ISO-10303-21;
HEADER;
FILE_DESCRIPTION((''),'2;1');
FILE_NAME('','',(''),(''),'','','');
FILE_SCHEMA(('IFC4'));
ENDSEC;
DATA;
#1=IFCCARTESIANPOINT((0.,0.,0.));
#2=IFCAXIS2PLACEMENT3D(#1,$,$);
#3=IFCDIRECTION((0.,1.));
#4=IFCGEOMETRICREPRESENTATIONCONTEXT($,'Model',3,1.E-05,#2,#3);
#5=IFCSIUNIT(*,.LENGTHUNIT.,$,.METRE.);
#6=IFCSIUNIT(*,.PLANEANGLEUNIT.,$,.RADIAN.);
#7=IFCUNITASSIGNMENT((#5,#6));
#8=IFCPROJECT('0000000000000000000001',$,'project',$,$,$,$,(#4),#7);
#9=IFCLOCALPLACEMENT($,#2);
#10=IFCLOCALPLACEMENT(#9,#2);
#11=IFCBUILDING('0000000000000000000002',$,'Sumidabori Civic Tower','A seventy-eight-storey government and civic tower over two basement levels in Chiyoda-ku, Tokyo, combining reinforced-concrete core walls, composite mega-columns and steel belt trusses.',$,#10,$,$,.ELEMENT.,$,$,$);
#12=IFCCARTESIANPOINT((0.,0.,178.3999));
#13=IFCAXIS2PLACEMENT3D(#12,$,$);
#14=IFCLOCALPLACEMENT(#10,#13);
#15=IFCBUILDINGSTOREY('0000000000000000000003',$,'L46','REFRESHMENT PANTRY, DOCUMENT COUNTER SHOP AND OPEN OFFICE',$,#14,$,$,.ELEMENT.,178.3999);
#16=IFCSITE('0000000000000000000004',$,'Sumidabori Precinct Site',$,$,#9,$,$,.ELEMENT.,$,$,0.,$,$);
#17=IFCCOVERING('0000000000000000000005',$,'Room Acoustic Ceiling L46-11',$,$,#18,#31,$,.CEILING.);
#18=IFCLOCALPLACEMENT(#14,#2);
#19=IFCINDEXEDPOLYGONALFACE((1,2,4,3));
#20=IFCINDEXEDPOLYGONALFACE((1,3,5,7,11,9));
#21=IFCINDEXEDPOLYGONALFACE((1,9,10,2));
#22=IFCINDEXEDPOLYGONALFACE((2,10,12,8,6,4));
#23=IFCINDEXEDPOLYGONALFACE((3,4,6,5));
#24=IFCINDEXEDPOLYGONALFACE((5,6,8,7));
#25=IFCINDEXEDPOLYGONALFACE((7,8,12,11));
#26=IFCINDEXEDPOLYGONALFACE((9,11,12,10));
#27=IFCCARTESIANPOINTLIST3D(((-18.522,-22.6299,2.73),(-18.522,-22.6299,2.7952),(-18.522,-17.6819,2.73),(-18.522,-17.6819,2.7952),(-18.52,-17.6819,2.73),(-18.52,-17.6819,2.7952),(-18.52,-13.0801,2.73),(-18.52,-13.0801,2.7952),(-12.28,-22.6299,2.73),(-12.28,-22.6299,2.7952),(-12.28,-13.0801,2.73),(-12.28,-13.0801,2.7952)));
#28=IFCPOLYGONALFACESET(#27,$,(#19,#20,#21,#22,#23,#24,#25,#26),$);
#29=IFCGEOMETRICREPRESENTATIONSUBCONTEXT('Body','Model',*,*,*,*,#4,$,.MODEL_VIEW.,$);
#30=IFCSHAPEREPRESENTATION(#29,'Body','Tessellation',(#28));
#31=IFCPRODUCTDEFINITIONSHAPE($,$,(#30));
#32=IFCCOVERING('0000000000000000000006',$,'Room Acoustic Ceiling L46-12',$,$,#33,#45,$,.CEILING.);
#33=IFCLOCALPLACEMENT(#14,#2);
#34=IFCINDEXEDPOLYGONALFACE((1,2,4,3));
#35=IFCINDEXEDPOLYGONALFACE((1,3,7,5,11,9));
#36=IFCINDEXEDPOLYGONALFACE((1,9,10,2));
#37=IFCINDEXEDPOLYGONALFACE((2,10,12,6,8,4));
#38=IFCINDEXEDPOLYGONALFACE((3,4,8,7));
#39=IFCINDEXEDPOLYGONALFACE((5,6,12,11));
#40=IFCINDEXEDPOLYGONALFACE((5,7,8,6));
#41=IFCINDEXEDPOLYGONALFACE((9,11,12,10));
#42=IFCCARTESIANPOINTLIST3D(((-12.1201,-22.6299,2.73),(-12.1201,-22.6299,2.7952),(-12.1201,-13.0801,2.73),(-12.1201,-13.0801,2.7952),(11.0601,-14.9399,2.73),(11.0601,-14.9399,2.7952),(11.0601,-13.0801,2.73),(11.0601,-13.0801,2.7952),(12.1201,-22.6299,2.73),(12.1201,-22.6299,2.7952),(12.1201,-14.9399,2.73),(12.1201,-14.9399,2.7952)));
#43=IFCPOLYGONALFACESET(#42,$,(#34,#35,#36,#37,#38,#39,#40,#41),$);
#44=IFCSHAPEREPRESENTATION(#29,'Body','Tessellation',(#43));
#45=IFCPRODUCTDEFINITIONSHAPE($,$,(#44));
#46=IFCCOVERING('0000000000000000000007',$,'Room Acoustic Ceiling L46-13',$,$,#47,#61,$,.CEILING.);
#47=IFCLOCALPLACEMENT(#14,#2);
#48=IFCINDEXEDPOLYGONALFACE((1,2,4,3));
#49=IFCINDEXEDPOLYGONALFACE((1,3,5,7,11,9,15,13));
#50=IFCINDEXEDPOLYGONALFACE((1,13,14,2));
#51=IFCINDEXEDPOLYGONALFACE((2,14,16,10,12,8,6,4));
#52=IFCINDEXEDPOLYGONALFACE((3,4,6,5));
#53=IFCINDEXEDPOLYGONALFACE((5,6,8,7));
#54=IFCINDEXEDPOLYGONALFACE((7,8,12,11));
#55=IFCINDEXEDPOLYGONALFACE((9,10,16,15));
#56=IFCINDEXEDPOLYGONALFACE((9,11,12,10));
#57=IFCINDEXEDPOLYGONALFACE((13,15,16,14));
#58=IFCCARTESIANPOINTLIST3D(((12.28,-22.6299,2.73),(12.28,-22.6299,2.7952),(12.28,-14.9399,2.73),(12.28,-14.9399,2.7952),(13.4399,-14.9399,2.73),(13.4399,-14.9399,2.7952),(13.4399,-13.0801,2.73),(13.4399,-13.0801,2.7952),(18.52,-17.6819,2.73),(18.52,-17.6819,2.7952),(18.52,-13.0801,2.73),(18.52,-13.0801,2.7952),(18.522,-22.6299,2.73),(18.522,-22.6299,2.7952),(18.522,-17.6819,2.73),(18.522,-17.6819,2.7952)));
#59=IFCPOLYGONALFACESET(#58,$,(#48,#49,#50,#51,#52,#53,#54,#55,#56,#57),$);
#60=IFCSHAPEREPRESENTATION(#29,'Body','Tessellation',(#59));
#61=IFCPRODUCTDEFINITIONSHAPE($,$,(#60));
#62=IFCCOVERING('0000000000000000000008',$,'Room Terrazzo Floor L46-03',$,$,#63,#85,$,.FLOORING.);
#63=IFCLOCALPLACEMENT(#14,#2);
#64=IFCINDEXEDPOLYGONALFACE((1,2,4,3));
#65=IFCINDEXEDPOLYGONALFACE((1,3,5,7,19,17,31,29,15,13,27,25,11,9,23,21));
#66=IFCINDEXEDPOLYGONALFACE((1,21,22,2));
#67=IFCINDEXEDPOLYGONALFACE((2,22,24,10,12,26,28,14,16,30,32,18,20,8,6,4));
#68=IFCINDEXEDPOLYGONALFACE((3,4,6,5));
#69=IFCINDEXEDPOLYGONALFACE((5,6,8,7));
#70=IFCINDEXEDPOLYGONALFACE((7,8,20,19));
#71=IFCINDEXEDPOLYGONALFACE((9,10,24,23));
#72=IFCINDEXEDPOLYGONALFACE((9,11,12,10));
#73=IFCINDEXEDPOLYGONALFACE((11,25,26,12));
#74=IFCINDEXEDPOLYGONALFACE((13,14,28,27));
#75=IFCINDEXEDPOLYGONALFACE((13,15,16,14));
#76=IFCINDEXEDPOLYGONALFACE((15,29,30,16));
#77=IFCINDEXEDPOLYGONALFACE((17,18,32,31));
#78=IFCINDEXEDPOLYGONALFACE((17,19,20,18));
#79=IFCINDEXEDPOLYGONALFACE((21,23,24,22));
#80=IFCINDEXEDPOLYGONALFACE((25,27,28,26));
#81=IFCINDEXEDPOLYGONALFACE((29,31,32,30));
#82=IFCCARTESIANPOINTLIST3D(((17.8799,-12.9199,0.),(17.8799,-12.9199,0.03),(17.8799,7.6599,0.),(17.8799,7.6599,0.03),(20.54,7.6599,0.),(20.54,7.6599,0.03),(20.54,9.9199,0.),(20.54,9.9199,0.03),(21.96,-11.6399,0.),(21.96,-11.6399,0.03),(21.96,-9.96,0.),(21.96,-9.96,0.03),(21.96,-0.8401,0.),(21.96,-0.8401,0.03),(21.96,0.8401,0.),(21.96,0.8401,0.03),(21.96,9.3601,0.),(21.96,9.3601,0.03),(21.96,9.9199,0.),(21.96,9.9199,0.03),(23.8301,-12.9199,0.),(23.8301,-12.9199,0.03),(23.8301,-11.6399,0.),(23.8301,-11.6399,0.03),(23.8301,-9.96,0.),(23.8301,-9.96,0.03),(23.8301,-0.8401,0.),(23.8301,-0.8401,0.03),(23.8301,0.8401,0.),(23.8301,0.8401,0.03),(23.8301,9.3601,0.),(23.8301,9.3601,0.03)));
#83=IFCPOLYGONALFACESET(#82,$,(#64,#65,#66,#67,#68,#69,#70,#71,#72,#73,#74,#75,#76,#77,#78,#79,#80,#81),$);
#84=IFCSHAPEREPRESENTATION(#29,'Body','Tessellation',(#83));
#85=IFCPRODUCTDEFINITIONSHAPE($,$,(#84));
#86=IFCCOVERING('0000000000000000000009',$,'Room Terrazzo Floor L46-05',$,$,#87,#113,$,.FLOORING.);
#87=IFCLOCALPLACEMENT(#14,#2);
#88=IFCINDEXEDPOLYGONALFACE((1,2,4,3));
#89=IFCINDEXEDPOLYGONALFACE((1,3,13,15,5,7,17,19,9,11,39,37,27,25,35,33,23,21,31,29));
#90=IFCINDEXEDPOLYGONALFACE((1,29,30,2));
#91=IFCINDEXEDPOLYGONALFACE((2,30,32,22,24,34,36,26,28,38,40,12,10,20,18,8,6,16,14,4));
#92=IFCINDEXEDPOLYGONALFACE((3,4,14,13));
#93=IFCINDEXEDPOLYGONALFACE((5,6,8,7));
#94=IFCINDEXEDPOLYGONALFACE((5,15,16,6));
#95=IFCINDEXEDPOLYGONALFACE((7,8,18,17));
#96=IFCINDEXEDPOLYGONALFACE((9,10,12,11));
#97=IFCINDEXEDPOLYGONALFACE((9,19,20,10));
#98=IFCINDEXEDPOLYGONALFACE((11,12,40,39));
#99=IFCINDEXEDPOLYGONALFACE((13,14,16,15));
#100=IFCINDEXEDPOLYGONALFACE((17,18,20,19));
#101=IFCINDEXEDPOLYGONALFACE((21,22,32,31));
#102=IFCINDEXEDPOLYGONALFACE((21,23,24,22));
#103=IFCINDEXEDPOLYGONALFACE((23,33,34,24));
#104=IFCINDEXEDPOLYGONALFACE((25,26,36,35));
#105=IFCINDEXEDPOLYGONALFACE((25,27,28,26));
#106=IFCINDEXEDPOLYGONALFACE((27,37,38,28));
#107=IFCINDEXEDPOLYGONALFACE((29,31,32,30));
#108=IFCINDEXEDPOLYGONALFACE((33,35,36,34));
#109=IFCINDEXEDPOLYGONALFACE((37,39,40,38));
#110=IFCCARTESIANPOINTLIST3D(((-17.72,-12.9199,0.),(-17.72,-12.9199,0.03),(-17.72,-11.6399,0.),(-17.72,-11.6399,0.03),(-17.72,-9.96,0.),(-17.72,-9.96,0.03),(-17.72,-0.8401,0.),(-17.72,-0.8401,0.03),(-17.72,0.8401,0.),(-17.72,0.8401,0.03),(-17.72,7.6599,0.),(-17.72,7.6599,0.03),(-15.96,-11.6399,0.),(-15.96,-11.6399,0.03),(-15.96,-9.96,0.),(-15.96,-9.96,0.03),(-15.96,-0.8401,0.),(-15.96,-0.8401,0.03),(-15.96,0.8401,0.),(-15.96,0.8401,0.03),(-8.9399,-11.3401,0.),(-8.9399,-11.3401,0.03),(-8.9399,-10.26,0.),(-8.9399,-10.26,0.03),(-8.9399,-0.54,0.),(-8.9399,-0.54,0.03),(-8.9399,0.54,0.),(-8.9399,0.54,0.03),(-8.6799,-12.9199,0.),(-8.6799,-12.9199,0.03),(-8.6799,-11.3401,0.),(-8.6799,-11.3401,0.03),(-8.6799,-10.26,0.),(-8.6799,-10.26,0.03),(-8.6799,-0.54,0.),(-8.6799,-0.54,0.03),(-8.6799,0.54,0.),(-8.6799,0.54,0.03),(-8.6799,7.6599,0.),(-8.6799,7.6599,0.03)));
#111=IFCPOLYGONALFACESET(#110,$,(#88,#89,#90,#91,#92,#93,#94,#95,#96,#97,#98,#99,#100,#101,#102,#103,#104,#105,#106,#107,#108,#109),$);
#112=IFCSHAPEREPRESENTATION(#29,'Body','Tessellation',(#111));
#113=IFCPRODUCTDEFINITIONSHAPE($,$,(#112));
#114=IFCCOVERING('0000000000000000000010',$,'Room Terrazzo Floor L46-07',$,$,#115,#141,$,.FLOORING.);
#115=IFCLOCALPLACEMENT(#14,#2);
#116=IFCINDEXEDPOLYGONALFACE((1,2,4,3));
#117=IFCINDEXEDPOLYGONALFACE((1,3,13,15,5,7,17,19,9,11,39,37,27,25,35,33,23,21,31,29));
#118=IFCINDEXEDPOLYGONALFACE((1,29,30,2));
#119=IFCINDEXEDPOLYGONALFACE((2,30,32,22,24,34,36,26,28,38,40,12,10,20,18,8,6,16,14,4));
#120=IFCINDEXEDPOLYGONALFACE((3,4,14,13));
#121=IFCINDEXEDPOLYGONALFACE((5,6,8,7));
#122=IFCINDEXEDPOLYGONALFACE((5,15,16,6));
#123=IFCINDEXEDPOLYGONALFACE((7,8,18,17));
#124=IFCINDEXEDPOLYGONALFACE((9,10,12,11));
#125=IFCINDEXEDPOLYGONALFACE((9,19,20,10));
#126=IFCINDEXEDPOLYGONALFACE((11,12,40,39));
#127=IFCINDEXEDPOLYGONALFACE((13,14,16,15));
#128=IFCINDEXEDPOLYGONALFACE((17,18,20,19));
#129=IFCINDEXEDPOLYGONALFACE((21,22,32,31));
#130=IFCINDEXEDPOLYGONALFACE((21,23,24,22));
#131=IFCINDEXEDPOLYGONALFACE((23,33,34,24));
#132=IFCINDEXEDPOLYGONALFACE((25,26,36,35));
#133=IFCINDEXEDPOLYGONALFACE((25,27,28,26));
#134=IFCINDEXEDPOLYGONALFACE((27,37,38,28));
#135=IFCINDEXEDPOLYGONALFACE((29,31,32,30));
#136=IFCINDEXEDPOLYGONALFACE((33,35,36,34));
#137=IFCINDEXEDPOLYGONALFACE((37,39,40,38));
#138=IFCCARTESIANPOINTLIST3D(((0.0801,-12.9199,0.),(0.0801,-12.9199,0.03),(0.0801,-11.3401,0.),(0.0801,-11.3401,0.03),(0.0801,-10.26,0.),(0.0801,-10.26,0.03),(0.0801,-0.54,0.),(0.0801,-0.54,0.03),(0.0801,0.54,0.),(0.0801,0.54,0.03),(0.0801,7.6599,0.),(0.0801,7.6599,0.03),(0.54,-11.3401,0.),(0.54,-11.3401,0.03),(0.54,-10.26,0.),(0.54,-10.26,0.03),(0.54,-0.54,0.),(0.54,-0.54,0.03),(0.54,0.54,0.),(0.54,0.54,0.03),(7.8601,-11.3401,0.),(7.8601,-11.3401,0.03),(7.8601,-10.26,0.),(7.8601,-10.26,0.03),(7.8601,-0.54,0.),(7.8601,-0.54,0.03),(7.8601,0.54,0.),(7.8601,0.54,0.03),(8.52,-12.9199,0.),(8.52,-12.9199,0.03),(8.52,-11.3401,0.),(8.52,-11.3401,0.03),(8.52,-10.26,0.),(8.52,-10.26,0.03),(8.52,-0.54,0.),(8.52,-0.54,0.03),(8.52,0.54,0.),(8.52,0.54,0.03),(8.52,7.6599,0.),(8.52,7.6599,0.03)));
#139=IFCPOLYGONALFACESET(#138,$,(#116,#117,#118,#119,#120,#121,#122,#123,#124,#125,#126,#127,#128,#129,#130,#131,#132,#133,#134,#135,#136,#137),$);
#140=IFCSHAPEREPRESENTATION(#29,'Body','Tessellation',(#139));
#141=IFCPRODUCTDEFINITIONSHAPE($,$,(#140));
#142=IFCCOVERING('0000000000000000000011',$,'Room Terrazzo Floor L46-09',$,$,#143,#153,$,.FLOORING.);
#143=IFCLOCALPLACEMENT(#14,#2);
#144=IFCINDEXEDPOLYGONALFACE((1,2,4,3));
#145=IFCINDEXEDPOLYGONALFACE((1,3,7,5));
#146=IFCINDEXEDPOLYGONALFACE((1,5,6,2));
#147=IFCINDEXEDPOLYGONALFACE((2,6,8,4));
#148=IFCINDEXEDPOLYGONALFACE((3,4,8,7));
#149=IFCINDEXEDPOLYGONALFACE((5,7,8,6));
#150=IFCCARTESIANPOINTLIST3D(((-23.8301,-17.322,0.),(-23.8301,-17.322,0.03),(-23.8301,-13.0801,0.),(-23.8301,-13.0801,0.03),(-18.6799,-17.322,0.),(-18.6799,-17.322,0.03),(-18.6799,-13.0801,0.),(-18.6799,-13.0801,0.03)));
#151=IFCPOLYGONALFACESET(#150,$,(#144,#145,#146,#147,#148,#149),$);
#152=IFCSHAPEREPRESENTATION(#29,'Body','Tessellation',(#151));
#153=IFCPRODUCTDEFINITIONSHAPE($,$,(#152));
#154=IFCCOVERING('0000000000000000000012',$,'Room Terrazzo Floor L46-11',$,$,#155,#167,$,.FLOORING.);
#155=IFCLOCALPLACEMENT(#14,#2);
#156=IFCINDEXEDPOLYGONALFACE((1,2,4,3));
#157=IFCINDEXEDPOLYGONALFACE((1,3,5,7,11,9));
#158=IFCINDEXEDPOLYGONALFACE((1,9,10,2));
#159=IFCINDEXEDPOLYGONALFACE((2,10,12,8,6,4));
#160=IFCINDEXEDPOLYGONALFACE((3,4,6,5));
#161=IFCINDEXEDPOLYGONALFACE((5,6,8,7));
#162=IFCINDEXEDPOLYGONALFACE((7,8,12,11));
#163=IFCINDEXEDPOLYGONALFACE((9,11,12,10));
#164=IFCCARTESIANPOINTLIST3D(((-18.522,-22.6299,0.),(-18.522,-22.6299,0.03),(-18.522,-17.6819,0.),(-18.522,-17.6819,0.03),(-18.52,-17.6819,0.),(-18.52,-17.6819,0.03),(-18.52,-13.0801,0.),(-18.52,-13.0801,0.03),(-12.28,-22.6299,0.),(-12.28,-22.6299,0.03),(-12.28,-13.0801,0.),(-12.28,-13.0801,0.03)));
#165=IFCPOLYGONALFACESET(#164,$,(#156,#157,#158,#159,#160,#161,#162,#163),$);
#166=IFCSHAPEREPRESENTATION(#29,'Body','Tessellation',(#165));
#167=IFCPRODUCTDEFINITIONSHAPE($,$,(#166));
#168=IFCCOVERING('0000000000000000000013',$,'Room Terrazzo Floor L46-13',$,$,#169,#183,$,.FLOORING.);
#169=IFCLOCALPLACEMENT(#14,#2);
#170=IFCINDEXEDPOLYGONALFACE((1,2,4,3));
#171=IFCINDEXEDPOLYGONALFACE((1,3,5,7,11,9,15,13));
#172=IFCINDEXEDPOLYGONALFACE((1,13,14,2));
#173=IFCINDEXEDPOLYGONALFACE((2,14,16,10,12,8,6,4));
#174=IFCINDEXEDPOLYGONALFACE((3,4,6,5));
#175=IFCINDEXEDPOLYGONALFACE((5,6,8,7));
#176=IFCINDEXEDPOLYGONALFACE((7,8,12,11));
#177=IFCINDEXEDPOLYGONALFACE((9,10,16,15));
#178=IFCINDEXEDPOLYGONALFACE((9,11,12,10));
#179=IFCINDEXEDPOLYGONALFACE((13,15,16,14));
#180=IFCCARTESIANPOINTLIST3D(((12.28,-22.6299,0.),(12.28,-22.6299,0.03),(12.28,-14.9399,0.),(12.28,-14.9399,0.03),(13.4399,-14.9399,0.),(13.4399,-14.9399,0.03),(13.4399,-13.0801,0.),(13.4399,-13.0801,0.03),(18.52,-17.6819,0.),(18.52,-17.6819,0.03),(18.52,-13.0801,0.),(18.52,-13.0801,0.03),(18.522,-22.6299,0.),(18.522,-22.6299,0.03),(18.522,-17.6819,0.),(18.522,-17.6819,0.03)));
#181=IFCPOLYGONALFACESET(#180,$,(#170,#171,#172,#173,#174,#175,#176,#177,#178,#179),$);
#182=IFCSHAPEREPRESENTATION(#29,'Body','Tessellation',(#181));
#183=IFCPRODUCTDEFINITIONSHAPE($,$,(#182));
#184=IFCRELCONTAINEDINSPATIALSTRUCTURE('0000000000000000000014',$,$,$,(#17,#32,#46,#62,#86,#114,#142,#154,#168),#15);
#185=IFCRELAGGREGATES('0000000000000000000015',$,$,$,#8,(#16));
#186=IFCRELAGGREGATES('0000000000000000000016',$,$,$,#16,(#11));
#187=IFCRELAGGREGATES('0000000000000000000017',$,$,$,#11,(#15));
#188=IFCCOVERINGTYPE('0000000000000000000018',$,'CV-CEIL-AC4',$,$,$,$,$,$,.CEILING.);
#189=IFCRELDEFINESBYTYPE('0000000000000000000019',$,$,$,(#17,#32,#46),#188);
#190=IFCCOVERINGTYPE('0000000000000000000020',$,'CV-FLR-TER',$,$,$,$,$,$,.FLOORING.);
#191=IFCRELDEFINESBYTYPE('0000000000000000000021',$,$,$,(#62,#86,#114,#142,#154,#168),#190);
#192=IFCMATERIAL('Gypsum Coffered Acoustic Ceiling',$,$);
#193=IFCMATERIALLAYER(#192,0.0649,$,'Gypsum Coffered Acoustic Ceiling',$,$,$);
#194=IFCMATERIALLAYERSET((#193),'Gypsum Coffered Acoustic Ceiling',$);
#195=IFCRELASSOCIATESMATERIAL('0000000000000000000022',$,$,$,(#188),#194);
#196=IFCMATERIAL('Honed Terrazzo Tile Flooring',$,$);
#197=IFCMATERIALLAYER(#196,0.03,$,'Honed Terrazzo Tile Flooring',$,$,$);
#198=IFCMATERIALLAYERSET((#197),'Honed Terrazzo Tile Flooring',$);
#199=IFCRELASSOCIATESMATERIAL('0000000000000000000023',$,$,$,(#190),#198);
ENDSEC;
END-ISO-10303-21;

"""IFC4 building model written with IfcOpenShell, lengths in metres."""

from ifc_helpers import new_model, si_unit, direction, frame, origin, place, context, subcontext, project, spatial, polyline, outline, extrude, material, layer, layer_set, type_object, element, save


model = new_model("IFC4")

# Units and contexts
model_context = context("Model", 3, precision=1e-05, world=origin(), true_north=direction((0.0, 1.0)))
body_context = subcontext(model_context, "Body", "Model", "MODEL_VIEW")
ifc_project = project(units=[si_unit("LENGTHUNIT", "METRE"), si_unit("PLANEANGLEUNIT", "RADIAN")], contexts=[model_context])

# Site, building, storey
site_placement = place(None, origin())
site = spatial("IfcSite", under=ifc_project, at=site_placement, Name="Sumidabori Precinct Site", CompositionType="ELEMENT", RefElevation=0.0)
building_placement = place(site_placement, origin())
building = spatial("IfcBuilding", under=site, at=building_placement, Name="Sumidabori Civic Tower", Description="A seventy-eight-storey government and civic tower over two basement levels in Chiyoda-ku, Tokyo, combining reinforced-concrete core walls, composite mega-columns and steel belt trusses.", CompositionType="ELEMENT")
storey_placement = place(building_placement, frame((0.0, 0.0, 178.3999)))
storey = spatial("IfcBuildingStorey", under=building, at=storey_placement, Name="L46", Description="REFRESHMENT PANTRY, DOCUMENT COUNTER SHOP AND OPEN OFFICE", CompositionType="ELEMENT", Elevation=178.3999)

# Coverings
ifc_material_1 = material(Name="Gypsum Coffered Acoustic Ceiling")
ifc_layer_1 = layer(ifc_material_1, 0.0649, Name="Gypsum Coffered Acoustic Ceiling")
ifc_layer_set_1 = layer_set([ifc_layer_1], Name="Gypsum Coffered Acoustic Ceiling")
covering_type_1 = type_object("IfcCoveringType", Name="CV-CEIL-AC4", PredefinedType="CEILING", material=ifc_layer_set_1)
covering_1_placement = place(storey_placement, frame((0.0, 0.0, 2.73)))
element("IfcCovering", 1, at=covering_1_placement, inside=storey, type_object=covering_type_1, Name="Room Acoustic Ceiling L46-11", PredefinedType="CEILING", context=body_context, shape_type="SweptSolid", body=[
    extrude(outline(polyline([(-18.52, -17.6819), (-18.52, -13.0801), (-12.28, -13.0801), (-12.28, -22.6299), (-18.522, -22.6299), (-18.522, -17.6819), (-18.52, -17.6819)])), origin(), (0.0, 0.0, 1.0), 0.0652),
])
covering_2_placement = place(storey_placement, frame((0.0, 0.0, 2.73)))
element("IfcCovering", 2, at=covering_2_placement, inside=storey, type_object=covering_type_1, Name="Room Acoustic Ceiling L46-12", PredefinedType="CEILING", context=body_context, shape_type="SweptSolid", body=[
    extrude(outline(polyline([(-12.1201, -22.6299), (-12.1201, -13.0801), (11.0601, -13.0801), (11.0601, -14.9399), (12.1201, -14.9399), (12.1201, -22.6299), (-12.1201, -22.6299)])), origin(), (0.0, 0.0, 1.0), 0.0652),
])
covering_3_placement = place(storey_placement, frame((0.0, 0.0, 2.73)))
element("IfcCovering", 3, at=covering_3_placement, inside=storey, type_object=covering_type_1, Name="Room Acoustic Ceiling L46-13", PredefinedType="CEILING", context=body_context, shape_type="SweptSolid", body=[
    extrude(outline(polyline([(18.52, -17.6819), (18.522, -17.6819), (18.522, -22.6299), (12.28, -22.6299), (12.28, -14.9399), (13.4399, -14.9399), (13.4399, -13.0801), (18.52, -13.0801), (18.52, -17.6819)])), origin(), (0.0, 0.0, 1.0), 0.0652),
])
ifc_material_2 = material(Name="Honed Terrazzo Tile Flooring")
ifc_layer_2 = layer(ifc_material_2, 0.03, Name="Honed Terrazzo Tile Flooring")
ifc_layer_set_2 = layer_set([ifc_layer_2], Name="Honed Terrazzo Tile Flooring")
covering_type_2 = type_object("IfcCoveringType", Name="CV-FLR-TER", PredefinedType="FLOORING", material=ifc_layer_set_2)
covering_4_placement = place(storey_placement, origin())
element("IfcCovering", 4, at=covering_4_placement, inside=storey, type_object=covering_type_2, Name="Room Terrazzo Floor L46-03", PredefinedType="FLOORING", context=body_context, shape_type="SweptSolid", body=[
    extrude(outline(polyline([(23.8301, 0.8401), (21.96, 0.8401), (21.96, -0.8401), (23.8301, -0.8401), (23.8301, -9.96), (21.96, -9.96), (21.96, -11.6399), (23.8301, -11.6399), (23.8301, -12.9199), (17.8799, -12.9199), (17.8799, 7.6599), (20.54, 7.6599), (20.54, 9.9199), (21.96, 9.9199), (21.96, 9.3601), (23.8301, 9.3601), (23.8301, 0.8401)])), origin(), (0.0, 0.0, 1.0), 0.03),
])
covering_5_placement = place(storey_placement, origin())
element("IfcCovering", 5, at=covering_5_placement, inside=storey, type_object=covering_type_2, Name="Room Terrazzo Floor L46-05", PredefinedType="FLOORING", context=body_context, shape_type="SweptSolid", body=[
    extrude(outline(polyline([(-17.72, -11.6399), (-15.96, -11.6399), (-15.96, -9.96), (-17.72, -9.96), (-17.72, -0.8401), (-15.96, -0.8401), (-15.96, 0.8401), (-17.72, 0.8401), (-17.72, 7.6599), (-8.6799, 7.6599), (-8.6799, 0.54), (-8.9399, 0.54), (-8.9399, -0.54), (-8.6799, -0.54), (-8.6799, -10.26), (-8.9399, -10.26), (-8.9399, -11.3401), (-8.6799, -11.3401), (-8.6799, -12.9199), (-17.72, -12.9199), (-17.72, -11.6399)])), origin(), (0.0, 0.0, 1.0), 0.03),
])
covering_6_placement = place(storey_placement, origin())
element("IfcCovering", 6, at=covering_6_placement, inside=storey, type_object=covering_type_2, Name="Room Terrazzo Floor L46-07", PredefinedType="FLOORING", context=body_context, shape_type="SweptSolid", body=[
    extrude(outline(polyline([(0.0801, -12.9199), (0.0801, -11.3401), (0.54, -11.3401), (0.54, -10.26), (0.0801, -10.26), (0.0801, -0.54), (0.54, -0.54), (0.54, 0.54), (0.0801, 0.54), (0.0801, 7.6599), (8.52, 7.6599), (8.52, 0.54), (7.8601, 0.54), (7.8601, -0.54), (8.52, -0.54), (8.52, -10.26), (7.8601, -10.26), (7.8601, -11.3401), (8.52, -11.3401), (8.52, -12.9199), (0.0801, -12.9199)])), origin(), (0.0, 0.0, 1.0), 0.03),
])
covering_7_placement = place(storey_placement, origin())
element("IfcCovering", 7, at=covering_7_placement, inside=storey, type_object=covering_type_2, Name="Room Terrazzo Floor L46-09", PredefinedType="FLOORING", context=body_context, shape_type="SweptSolid", body=[
    extrude(outline(polyline([(-23.8301, -17.322), (-23.8301, -13.0801), (-18.6799, -13.0801), (-18.6799, -17.322), (-23.8301, -17.322)])), origin(), (0.0, 0.0, 1.0), 0.03),
])
covering_8_placement = place(storey_placement, origin())
element("IfcCovering", 8, at=covering_8_placement, inside=storey, type_object=covering_type_2, Name="Room Terrazzo Floor L46-11", PredefinedType="FLOORING", context=body_context, shape_type="SweptSolid", body=[
    extrude(outline(polyline([(-18.52, -17.6819), (-18.52, -13.0801), (-12.28, -13.0801), (-12.28, -22.6299), (-18.522, -22.6299), (-18.522, -17.6819), (-18.52, -17.6819)])), origin(), (0.0, 0.0, 1.0), 0.03),
])
covering_9_placement = place(storey_placement, origin())
element("IfcCovering", 9, at=covering_9_placement, inside=storey, type_object=covering_type_2, Name="Room Terrazzo Floor L46-13", PredefinedType="FLOORING", context=body_context, shape_type="SweptSolid", body=[
    extrude(outline(polyline([(18.52, -17.6819), (18.522, -17.6819), (18.522, -22.6299), (12.28, -22.6299), (12.28, -14.9399), (13.4399, -14.9399), (13.4399, -13.0801), (18.52, -13.0801), (18.52, -17.6819)])), origin(), (0.0, 0.0, 1.0), 0.03),
])

save(model, "model.ifc")
